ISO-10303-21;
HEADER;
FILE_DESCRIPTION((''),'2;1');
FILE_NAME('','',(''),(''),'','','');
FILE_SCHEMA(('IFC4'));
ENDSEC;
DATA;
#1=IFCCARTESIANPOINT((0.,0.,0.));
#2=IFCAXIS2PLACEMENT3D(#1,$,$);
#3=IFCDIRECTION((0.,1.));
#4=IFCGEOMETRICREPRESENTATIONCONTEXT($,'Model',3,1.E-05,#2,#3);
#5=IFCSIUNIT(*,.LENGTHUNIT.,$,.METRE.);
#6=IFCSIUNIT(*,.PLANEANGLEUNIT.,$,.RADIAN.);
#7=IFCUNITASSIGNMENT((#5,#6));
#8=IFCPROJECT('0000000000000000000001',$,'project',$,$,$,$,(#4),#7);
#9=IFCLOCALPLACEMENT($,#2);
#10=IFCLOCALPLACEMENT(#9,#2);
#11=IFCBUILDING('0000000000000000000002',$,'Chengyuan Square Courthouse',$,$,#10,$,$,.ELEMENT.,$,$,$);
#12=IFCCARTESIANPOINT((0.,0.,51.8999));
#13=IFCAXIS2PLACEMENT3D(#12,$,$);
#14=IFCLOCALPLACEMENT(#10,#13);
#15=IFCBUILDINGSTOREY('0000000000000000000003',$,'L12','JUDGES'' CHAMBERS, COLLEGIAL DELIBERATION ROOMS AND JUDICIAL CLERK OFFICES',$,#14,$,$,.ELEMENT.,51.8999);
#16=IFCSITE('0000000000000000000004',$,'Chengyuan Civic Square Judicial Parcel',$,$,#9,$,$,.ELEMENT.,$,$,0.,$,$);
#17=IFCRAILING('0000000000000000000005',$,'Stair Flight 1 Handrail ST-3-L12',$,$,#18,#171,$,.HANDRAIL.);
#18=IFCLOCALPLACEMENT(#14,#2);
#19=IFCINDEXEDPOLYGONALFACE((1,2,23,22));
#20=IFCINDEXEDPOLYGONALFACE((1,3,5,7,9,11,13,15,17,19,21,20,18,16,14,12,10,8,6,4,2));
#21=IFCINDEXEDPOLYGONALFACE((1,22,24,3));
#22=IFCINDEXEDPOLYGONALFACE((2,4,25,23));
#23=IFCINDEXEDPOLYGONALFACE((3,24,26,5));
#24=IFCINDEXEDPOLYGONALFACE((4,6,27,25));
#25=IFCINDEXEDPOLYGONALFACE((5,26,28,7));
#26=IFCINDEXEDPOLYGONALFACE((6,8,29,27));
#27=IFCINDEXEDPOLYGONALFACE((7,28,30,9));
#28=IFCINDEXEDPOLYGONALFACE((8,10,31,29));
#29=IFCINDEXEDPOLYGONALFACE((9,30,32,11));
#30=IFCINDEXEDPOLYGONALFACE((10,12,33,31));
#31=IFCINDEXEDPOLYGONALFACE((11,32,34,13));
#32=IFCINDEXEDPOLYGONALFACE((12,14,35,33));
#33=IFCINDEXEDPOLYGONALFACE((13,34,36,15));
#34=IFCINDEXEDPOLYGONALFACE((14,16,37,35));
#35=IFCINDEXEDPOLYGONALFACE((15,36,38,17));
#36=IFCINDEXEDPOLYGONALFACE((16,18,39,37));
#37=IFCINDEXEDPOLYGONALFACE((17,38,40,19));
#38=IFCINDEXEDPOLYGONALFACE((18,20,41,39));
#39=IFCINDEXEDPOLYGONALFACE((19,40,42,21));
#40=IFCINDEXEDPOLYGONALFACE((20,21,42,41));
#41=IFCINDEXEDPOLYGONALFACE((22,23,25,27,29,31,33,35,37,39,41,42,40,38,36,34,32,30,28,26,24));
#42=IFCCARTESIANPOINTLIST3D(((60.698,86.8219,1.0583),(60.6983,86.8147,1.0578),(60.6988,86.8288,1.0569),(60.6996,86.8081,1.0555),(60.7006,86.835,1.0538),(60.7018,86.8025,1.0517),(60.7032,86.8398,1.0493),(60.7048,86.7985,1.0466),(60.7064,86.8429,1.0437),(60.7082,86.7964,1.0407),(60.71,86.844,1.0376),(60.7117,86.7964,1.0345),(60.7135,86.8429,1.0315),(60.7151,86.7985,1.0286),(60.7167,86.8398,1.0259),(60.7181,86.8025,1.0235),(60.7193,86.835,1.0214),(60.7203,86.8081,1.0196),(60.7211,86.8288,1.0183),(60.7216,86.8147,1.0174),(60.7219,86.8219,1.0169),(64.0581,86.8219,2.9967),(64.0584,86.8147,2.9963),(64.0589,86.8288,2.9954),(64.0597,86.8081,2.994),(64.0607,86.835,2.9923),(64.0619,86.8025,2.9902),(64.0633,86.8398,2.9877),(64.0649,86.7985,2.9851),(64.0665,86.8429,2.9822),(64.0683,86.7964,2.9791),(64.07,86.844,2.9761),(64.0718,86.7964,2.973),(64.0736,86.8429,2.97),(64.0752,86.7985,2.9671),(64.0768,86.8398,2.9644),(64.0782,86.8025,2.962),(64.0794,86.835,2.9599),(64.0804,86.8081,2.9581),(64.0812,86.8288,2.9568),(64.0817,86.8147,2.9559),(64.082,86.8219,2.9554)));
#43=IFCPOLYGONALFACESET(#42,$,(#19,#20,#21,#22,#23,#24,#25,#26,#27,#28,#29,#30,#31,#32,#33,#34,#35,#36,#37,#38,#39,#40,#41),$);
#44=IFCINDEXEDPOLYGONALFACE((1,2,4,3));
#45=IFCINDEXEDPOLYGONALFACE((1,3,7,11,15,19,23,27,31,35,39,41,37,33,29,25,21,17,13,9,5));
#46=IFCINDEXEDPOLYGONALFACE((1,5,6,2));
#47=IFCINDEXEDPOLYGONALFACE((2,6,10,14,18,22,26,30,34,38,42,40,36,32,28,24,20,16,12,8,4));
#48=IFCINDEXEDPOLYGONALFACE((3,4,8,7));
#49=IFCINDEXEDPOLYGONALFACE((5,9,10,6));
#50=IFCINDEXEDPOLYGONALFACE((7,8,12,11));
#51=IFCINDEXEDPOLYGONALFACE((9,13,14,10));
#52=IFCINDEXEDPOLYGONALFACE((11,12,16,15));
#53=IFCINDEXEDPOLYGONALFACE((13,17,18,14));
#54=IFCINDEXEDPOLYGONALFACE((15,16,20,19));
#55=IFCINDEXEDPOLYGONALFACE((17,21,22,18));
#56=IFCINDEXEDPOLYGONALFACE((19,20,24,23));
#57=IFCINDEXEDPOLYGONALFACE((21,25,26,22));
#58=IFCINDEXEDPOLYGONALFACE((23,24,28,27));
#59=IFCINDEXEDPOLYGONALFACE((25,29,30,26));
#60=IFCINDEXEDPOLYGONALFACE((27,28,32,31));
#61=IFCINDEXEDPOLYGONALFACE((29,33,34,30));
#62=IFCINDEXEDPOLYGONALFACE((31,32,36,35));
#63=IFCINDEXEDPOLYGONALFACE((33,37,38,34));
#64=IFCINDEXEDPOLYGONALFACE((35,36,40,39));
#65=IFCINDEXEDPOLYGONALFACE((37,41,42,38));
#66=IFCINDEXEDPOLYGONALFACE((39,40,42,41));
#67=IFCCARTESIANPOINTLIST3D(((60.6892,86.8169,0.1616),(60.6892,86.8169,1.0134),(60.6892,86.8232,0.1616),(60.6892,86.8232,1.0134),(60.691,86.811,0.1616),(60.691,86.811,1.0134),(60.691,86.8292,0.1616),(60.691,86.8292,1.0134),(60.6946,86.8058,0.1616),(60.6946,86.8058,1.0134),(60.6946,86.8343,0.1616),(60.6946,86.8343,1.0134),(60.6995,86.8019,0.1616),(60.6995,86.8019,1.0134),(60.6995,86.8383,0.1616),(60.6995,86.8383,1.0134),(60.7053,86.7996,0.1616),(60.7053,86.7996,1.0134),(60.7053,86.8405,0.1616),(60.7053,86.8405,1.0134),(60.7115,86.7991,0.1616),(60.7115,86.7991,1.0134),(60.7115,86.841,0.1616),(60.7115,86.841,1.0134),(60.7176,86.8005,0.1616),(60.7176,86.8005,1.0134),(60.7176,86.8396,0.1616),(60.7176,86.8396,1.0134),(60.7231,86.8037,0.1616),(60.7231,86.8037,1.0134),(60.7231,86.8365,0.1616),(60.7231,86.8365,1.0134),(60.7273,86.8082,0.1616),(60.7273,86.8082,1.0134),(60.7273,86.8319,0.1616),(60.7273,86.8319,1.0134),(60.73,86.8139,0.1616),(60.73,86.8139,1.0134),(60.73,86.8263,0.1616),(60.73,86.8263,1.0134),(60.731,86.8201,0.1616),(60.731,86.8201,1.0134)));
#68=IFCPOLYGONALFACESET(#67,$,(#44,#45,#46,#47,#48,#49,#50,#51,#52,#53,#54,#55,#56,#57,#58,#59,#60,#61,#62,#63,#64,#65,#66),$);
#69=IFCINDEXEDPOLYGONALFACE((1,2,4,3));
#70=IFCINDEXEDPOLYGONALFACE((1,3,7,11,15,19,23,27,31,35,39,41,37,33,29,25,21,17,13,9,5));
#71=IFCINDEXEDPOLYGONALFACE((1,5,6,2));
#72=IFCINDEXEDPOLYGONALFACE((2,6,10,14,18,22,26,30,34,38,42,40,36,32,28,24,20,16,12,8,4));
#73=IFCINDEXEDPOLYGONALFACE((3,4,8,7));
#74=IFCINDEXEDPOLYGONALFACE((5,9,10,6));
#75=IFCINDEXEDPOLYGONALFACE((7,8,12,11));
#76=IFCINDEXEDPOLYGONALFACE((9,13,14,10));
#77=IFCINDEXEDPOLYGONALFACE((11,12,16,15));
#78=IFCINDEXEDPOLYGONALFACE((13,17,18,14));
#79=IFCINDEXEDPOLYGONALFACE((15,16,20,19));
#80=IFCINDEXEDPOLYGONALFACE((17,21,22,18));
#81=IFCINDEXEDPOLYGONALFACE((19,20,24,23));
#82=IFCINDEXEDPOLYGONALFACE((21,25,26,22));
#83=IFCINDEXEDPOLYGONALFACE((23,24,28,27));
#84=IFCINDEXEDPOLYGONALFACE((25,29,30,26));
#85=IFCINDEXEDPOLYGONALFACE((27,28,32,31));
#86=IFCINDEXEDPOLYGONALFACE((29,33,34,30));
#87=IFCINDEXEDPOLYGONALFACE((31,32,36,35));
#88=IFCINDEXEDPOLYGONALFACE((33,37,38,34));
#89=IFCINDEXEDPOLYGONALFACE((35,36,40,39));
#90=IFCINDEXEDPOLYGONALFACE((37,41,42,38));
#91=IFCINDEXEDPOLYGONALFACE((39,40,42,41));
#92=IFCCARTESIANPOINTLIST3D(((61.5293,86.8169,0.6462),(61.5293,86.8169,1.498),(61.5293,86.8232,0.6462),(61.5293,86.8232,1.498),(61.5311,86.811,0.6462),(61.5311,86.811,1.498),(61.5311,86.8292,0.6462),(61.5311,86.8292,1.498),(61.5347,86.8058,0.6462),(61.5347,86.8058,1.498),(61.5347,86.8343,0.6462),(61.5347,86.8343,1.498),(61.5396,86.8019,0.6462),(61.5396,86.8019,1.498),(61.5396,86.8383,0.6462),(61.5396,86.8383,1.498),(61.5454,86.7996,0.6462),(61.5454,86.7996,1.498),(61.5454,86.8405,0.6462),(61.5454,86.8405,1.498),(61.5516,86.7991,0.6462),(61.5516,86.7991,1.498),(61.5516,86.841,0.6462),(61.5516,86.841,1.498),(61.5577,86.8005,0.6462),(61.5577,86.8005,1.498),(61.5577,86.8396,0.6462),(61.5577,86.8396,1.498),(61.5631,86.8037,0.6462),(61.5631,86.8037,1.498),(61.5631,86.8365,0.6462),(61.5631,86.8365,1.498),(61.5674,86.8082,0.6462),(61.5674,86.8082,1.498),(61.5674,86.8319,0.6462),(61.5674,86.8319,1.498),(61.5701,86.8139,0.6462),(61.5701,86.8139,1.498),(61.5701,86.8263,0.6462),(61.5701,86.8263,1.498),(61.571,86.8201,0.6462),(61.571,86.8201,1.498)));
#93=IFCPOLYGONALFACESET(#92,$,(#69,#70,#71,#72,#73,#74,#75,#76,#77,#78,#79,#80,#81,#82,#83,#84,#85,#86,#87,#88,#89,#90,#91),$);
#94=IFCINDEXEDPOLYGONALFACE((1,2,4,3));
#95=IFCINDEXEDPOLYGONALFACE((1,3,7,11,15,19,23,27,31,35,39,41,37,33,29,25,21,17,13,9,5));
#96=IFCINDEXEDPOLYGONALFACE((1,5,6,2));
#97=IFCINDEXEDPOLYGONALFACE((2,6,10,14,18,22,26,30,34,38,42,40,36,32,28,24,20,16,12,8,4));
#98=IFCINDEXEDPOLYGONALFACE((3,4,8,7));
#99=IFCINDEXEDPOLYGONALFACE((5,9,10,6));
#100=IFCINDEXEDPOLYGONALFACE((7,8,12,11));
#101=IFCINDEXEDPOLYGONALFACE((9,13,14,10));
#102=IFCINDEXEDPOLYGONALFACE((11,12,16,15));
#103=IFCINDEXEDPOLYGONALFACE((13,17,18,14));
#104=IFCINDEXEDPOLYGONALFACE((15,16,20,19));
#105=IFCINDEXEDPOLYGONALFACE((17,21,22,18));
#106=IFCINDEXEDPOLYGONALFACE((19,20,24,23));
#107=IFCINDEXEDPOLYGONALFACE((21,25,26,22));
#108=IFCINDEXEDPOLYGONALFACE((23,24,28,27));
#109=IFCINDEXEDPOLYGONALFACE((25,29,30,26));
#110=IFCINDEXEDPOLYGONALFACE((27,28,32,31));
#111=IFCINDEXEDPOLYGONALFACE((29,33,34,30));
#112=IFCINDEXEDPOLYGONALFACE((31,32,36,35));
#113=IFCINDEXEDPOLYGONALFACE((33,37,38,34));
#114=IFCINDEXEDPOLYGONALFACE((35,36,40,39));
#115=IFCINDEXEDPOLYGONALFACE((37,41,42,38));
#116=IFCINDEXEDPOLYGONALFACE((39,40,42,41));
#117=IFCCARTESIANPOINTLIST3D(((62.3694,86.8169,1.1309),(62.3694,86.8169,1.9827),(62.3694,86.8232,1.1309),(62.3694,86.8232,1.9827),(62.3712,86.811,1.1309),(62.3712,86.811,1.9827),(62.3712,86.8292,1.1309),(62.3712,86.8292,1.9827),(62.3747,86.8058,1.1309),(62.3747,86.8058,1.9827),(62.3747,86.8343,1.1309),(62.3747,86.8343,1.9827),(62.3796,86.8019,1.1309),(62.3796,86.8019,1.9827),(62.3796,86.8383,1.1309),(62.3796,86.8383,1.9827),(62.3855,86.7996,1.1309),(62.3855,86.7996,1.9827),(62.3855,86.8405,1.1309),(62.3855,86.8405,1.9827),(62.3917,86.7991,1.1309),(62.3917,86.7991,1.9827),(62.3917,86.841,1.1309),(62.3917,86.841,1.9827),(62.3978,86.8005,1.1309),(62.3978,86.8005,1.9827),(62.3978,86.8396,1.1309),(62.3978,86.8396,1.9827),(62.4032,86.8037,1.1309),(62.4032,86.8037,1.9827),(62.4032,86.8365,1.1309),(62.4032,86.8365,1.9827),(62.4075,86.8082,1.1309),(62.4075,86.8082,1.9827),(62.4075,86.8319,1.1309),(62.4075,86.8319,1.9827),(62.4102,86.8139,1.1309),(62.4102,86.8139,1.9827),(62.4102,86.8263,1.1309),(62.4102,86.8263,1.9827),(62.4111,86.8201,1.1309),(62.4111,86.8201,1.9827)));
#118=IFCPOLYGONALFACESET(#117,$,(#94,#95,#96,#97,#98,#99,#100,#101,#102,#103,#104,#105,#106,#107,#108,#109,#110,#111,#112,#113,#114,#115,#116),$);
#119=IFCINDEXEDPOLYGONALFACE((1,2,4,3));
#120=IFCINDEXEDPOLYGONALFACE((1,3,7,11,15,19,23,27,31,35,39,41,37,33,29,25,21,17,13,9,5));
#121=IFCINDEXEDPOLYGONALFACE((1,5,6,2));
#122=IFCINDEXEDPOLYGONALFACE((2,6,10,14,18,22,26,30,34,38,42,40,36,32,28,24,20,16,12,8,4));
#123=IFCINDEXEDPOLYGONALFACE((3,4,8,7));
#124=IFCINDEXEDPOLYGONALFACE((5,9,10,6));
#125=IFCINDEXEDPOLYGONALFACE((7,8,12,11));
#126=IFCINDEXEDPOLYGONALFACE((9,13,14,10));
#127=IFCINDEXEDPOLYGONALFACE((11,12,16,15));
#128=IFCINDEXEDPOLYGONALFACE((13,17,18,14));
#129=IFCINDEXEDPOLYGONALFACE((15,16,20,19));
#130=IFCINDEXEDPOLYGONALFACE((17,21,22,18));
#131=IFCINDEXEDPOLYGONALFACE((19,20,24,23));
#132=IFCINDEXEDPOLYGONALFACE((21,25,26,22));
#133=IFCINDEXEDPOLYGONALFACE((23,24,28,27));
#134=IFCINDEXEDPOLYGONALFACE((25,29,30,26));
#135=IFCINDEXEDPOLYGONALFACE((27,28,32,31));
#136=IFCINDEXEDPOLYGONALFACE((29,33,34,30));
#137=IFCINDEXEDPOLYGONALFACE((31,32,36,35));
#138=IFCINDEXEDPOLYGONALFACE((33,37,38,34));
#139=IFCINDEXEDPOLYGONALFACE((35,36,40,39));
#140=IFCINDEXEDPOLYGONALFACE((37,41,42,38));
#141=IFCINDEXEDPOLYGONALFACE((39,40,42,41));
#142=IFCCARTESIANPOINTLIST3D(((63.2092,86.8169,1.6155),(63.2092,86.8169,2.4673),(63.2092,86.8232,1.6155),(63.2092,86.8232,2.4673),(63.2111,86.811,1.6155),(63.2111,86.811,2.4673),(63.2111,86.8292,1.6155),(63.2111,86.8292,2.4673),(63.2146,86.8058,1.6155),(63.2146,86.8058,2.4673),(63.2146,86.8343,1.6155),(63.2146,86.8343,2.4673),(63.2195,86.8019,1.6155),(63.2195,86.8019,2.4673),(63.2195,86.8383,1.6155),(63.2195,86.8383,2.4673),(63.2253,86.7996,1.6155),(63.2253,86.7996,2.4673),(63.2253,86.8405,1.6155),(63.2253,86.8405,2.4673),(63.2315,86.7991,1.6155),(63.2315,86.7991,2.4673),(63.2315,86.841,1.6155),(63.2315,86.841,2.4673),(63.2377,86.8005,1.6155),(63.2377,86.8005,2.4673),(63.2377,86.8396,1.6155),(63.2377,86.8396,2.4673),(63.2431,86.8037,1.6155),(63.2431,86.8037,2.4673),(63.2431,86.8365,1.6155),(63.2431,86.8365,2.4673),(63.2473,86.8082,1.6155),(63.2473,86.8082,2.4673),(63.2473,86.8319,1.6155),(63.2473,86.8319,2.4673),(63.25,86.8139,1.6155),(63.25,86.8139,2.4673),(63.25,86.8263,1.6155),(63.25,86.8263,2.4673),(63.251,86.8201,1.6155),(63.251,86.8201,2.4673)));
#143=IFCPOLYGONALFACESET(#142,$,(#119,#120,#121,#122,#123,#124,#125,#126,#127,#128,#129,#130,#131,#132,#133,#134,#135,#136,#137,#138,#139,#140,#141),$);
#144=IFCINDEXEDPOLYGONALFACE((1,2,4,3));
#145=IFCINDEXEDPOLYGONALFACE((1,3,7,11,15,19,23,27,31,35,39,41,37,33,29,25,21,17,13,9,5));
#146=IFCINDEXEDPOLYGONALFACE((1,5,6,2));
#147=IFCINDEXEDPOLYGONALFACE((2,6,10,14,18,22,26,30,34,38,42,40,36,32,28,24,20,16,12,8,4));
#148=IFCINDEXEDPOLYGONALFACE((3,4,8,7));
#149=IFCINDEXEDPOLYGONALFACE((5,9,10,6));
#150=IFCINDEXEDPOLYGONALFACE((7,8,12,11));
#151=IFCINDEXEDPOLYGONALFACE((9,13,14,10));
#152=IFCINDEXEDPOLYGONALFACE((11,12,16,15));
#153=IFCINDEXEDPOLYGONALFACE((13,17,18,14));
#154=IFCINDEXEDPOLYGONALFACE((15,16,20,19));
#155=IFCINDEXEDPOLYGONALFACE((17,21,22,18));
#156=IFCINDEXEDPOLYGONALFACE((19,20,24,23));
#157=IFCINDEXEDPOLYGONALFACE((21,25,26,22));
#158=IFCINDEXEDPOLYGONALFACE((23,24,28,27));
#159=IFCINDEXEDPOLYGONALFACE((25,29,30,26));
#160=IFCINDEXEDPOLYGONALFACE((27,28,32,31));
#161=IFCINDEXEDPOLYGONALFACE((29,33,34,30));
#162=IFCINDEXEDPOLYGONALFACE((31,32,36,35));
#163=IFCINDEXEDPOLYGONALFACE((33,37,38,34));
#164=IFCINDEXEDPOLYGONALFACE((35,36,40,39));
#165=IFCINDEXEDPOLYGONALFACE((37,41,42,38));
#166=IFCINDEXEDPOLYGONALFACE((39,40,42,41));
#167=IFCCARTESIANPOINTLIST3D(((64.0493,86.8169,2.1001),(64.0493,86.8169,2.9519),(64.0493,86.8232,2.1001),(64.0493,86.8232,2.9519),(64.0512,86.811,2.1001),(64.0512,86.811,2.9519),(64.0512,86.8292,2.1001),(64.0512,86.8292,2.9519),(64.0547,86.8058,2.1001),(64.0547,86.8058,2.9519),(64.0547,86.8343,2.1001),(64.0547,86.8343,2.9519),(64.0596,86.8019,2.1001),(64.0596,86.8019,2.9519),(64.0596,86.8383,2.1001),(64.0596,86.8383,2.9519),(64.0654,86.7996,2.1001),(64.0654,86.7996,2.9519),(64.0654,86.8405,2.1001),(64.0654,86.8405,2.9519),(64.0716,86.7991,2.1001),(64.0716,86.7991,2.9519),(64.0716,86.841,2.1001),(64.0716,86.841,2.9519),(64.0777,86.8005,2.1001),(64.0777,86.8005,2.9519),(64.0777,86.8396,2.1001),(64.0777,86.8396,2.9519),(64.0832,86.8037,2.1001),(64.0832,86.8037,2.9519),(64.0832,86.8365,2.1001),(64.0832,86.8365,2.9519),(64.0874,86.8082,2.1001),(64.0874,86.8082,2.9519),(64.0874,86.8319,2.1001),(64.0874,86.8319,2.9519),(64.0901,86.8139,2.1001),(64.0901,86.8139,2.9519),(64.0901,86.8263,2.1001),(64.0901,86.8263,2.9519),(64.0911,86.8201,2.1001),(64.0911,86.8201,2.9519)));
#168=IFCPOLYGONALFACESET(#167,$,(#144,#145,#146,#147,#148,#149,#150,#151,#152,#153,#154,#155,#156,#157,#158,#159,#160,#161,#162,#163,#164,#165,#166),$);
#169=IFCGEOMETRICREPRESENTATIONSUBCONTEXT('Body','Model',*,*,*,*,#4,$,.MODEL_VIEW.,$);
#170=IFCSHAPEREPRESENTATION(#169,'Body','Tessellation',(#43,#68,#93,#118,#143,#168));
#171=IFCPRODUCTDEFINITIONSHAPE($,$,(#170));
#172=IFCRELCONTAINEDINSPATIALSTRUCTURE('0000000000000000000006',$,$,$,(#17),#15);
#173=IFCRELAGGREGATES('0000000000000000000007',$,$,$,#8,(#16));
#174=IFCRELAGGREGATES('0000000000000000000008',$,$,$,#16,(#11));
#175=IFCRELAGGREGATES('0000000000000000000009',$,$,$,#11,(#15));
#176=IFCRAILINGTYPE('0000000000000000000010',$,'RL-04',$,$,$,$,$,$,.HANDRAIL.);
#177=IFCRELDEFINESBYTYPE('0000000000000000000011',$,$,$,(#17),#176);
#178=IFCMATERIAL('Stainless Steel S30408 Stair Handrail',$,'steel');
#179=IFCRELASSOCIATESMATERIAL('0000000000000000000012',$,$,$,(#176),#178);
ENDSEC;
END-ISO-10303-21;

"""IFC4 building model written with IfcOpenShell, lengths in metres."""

from ifc_helpers import new_model, si_unit, direction, frame, origin, origin_2d, place, context, subcontext, project, spatial, circle, extrude, material, type_object, element, save


model = new_model("IFC4")

# Units and contexts
model_context = context("Model", 3, precision=1e-05, world=origin(), true_north=direction((0.0, 1.0)))
body_context = subcontext(model_context, "Body", "Model", "MODEL_VIEW")
ifc_project = project(units=[si_unit("LENGTHUNIT", "METRE"), si_unit("PLANEANGLEUNIT", "RADIAN")], contexts=[model_context])

# Site, building, storey
site_placement = place(None, origin())
site = spatial("IfcSite", under=ifc_project, at=site_placement, Name="Chengyuan Civic Square Judicial Parcel", CompositionType="ELEMENT", RefElevation=0.0)
building_placement = place(site_placement, origin())
building = spatial("IfcBuilding", under=site, at=building_placement, Name="Chengyuan Square Courthouse", CompositionType="ELEMENT")
storey_placement = place(building_placement, frame((0.0, 0.0, 51.8999)))
storey = spatial("IfcBuildingStorey", under=building, at=storey_placement, Name="L12", Description="JUDGES' CHAMBERS, COLLEGIAL DELIBERATION ROOMS AND JUDICIAL CLERK OFFICES", CompositionType="ELEMENT", Elevation=51.8999)

# Railing
ifc_material_1 = material(Name="Stainless Steel S30408 Stair Handrail", Category="steel")
railing_type_1 = type_object("IfcRailingType", Name="RL-04", PredefinedType="HANDRAIL", material=ifc_material_1)
railing_1_placement = place(storey_placement, frame((60.71, 86.8201, 0.1616)))
element("IfcRailing", 1, at=railing_1_placement, inside=storey, type_object=railing_type_1, Name="Stair Flight 1 Handrail ST-3-L12", PredefinedType="HANDRAIL", context=body_context, shape_type="SweptSolid", body=[
    extrude(circle(Radius=0.0239, at=origin_2d()), frame((0.0, 0.0, 0.876), z_axis=(0.866191, 0.0, 0.499713), x_axis=(0.0, 1.0, 0.0)), (0.0, 0.0, 1.0), 3.8792),
    extrude(circle(Radius=0.021, at=origin_2d()), origin(), (0.0, 0.0, 1.0), 0.8518),
    extrude(circle(Radius=0.021, at=origin_2d()), frame((0.8401, 0.0, 0.4846)), (0.0, 0.0, 1.0), 0.8518),
    extrude(circle(Radius=0.021, at=origin_2d()), frame((1.6802, 0.0, 0.9692)), (0.0, 0.0, 1.0), 0.8518),
    extrude(circle(Radius=0.021, at=origin_2d()), frame((2.52, 0.0, 1.4539)), (0.0, 0.0, 1.0), 0.8518),
    extrude(circle(Radius=0.021, at=origin_2d()), frame((3.3601, 0.0, 1.9385)), (0.0, 0.0, 1.0), 0.8518),
])

save(model, "model.ifc")
